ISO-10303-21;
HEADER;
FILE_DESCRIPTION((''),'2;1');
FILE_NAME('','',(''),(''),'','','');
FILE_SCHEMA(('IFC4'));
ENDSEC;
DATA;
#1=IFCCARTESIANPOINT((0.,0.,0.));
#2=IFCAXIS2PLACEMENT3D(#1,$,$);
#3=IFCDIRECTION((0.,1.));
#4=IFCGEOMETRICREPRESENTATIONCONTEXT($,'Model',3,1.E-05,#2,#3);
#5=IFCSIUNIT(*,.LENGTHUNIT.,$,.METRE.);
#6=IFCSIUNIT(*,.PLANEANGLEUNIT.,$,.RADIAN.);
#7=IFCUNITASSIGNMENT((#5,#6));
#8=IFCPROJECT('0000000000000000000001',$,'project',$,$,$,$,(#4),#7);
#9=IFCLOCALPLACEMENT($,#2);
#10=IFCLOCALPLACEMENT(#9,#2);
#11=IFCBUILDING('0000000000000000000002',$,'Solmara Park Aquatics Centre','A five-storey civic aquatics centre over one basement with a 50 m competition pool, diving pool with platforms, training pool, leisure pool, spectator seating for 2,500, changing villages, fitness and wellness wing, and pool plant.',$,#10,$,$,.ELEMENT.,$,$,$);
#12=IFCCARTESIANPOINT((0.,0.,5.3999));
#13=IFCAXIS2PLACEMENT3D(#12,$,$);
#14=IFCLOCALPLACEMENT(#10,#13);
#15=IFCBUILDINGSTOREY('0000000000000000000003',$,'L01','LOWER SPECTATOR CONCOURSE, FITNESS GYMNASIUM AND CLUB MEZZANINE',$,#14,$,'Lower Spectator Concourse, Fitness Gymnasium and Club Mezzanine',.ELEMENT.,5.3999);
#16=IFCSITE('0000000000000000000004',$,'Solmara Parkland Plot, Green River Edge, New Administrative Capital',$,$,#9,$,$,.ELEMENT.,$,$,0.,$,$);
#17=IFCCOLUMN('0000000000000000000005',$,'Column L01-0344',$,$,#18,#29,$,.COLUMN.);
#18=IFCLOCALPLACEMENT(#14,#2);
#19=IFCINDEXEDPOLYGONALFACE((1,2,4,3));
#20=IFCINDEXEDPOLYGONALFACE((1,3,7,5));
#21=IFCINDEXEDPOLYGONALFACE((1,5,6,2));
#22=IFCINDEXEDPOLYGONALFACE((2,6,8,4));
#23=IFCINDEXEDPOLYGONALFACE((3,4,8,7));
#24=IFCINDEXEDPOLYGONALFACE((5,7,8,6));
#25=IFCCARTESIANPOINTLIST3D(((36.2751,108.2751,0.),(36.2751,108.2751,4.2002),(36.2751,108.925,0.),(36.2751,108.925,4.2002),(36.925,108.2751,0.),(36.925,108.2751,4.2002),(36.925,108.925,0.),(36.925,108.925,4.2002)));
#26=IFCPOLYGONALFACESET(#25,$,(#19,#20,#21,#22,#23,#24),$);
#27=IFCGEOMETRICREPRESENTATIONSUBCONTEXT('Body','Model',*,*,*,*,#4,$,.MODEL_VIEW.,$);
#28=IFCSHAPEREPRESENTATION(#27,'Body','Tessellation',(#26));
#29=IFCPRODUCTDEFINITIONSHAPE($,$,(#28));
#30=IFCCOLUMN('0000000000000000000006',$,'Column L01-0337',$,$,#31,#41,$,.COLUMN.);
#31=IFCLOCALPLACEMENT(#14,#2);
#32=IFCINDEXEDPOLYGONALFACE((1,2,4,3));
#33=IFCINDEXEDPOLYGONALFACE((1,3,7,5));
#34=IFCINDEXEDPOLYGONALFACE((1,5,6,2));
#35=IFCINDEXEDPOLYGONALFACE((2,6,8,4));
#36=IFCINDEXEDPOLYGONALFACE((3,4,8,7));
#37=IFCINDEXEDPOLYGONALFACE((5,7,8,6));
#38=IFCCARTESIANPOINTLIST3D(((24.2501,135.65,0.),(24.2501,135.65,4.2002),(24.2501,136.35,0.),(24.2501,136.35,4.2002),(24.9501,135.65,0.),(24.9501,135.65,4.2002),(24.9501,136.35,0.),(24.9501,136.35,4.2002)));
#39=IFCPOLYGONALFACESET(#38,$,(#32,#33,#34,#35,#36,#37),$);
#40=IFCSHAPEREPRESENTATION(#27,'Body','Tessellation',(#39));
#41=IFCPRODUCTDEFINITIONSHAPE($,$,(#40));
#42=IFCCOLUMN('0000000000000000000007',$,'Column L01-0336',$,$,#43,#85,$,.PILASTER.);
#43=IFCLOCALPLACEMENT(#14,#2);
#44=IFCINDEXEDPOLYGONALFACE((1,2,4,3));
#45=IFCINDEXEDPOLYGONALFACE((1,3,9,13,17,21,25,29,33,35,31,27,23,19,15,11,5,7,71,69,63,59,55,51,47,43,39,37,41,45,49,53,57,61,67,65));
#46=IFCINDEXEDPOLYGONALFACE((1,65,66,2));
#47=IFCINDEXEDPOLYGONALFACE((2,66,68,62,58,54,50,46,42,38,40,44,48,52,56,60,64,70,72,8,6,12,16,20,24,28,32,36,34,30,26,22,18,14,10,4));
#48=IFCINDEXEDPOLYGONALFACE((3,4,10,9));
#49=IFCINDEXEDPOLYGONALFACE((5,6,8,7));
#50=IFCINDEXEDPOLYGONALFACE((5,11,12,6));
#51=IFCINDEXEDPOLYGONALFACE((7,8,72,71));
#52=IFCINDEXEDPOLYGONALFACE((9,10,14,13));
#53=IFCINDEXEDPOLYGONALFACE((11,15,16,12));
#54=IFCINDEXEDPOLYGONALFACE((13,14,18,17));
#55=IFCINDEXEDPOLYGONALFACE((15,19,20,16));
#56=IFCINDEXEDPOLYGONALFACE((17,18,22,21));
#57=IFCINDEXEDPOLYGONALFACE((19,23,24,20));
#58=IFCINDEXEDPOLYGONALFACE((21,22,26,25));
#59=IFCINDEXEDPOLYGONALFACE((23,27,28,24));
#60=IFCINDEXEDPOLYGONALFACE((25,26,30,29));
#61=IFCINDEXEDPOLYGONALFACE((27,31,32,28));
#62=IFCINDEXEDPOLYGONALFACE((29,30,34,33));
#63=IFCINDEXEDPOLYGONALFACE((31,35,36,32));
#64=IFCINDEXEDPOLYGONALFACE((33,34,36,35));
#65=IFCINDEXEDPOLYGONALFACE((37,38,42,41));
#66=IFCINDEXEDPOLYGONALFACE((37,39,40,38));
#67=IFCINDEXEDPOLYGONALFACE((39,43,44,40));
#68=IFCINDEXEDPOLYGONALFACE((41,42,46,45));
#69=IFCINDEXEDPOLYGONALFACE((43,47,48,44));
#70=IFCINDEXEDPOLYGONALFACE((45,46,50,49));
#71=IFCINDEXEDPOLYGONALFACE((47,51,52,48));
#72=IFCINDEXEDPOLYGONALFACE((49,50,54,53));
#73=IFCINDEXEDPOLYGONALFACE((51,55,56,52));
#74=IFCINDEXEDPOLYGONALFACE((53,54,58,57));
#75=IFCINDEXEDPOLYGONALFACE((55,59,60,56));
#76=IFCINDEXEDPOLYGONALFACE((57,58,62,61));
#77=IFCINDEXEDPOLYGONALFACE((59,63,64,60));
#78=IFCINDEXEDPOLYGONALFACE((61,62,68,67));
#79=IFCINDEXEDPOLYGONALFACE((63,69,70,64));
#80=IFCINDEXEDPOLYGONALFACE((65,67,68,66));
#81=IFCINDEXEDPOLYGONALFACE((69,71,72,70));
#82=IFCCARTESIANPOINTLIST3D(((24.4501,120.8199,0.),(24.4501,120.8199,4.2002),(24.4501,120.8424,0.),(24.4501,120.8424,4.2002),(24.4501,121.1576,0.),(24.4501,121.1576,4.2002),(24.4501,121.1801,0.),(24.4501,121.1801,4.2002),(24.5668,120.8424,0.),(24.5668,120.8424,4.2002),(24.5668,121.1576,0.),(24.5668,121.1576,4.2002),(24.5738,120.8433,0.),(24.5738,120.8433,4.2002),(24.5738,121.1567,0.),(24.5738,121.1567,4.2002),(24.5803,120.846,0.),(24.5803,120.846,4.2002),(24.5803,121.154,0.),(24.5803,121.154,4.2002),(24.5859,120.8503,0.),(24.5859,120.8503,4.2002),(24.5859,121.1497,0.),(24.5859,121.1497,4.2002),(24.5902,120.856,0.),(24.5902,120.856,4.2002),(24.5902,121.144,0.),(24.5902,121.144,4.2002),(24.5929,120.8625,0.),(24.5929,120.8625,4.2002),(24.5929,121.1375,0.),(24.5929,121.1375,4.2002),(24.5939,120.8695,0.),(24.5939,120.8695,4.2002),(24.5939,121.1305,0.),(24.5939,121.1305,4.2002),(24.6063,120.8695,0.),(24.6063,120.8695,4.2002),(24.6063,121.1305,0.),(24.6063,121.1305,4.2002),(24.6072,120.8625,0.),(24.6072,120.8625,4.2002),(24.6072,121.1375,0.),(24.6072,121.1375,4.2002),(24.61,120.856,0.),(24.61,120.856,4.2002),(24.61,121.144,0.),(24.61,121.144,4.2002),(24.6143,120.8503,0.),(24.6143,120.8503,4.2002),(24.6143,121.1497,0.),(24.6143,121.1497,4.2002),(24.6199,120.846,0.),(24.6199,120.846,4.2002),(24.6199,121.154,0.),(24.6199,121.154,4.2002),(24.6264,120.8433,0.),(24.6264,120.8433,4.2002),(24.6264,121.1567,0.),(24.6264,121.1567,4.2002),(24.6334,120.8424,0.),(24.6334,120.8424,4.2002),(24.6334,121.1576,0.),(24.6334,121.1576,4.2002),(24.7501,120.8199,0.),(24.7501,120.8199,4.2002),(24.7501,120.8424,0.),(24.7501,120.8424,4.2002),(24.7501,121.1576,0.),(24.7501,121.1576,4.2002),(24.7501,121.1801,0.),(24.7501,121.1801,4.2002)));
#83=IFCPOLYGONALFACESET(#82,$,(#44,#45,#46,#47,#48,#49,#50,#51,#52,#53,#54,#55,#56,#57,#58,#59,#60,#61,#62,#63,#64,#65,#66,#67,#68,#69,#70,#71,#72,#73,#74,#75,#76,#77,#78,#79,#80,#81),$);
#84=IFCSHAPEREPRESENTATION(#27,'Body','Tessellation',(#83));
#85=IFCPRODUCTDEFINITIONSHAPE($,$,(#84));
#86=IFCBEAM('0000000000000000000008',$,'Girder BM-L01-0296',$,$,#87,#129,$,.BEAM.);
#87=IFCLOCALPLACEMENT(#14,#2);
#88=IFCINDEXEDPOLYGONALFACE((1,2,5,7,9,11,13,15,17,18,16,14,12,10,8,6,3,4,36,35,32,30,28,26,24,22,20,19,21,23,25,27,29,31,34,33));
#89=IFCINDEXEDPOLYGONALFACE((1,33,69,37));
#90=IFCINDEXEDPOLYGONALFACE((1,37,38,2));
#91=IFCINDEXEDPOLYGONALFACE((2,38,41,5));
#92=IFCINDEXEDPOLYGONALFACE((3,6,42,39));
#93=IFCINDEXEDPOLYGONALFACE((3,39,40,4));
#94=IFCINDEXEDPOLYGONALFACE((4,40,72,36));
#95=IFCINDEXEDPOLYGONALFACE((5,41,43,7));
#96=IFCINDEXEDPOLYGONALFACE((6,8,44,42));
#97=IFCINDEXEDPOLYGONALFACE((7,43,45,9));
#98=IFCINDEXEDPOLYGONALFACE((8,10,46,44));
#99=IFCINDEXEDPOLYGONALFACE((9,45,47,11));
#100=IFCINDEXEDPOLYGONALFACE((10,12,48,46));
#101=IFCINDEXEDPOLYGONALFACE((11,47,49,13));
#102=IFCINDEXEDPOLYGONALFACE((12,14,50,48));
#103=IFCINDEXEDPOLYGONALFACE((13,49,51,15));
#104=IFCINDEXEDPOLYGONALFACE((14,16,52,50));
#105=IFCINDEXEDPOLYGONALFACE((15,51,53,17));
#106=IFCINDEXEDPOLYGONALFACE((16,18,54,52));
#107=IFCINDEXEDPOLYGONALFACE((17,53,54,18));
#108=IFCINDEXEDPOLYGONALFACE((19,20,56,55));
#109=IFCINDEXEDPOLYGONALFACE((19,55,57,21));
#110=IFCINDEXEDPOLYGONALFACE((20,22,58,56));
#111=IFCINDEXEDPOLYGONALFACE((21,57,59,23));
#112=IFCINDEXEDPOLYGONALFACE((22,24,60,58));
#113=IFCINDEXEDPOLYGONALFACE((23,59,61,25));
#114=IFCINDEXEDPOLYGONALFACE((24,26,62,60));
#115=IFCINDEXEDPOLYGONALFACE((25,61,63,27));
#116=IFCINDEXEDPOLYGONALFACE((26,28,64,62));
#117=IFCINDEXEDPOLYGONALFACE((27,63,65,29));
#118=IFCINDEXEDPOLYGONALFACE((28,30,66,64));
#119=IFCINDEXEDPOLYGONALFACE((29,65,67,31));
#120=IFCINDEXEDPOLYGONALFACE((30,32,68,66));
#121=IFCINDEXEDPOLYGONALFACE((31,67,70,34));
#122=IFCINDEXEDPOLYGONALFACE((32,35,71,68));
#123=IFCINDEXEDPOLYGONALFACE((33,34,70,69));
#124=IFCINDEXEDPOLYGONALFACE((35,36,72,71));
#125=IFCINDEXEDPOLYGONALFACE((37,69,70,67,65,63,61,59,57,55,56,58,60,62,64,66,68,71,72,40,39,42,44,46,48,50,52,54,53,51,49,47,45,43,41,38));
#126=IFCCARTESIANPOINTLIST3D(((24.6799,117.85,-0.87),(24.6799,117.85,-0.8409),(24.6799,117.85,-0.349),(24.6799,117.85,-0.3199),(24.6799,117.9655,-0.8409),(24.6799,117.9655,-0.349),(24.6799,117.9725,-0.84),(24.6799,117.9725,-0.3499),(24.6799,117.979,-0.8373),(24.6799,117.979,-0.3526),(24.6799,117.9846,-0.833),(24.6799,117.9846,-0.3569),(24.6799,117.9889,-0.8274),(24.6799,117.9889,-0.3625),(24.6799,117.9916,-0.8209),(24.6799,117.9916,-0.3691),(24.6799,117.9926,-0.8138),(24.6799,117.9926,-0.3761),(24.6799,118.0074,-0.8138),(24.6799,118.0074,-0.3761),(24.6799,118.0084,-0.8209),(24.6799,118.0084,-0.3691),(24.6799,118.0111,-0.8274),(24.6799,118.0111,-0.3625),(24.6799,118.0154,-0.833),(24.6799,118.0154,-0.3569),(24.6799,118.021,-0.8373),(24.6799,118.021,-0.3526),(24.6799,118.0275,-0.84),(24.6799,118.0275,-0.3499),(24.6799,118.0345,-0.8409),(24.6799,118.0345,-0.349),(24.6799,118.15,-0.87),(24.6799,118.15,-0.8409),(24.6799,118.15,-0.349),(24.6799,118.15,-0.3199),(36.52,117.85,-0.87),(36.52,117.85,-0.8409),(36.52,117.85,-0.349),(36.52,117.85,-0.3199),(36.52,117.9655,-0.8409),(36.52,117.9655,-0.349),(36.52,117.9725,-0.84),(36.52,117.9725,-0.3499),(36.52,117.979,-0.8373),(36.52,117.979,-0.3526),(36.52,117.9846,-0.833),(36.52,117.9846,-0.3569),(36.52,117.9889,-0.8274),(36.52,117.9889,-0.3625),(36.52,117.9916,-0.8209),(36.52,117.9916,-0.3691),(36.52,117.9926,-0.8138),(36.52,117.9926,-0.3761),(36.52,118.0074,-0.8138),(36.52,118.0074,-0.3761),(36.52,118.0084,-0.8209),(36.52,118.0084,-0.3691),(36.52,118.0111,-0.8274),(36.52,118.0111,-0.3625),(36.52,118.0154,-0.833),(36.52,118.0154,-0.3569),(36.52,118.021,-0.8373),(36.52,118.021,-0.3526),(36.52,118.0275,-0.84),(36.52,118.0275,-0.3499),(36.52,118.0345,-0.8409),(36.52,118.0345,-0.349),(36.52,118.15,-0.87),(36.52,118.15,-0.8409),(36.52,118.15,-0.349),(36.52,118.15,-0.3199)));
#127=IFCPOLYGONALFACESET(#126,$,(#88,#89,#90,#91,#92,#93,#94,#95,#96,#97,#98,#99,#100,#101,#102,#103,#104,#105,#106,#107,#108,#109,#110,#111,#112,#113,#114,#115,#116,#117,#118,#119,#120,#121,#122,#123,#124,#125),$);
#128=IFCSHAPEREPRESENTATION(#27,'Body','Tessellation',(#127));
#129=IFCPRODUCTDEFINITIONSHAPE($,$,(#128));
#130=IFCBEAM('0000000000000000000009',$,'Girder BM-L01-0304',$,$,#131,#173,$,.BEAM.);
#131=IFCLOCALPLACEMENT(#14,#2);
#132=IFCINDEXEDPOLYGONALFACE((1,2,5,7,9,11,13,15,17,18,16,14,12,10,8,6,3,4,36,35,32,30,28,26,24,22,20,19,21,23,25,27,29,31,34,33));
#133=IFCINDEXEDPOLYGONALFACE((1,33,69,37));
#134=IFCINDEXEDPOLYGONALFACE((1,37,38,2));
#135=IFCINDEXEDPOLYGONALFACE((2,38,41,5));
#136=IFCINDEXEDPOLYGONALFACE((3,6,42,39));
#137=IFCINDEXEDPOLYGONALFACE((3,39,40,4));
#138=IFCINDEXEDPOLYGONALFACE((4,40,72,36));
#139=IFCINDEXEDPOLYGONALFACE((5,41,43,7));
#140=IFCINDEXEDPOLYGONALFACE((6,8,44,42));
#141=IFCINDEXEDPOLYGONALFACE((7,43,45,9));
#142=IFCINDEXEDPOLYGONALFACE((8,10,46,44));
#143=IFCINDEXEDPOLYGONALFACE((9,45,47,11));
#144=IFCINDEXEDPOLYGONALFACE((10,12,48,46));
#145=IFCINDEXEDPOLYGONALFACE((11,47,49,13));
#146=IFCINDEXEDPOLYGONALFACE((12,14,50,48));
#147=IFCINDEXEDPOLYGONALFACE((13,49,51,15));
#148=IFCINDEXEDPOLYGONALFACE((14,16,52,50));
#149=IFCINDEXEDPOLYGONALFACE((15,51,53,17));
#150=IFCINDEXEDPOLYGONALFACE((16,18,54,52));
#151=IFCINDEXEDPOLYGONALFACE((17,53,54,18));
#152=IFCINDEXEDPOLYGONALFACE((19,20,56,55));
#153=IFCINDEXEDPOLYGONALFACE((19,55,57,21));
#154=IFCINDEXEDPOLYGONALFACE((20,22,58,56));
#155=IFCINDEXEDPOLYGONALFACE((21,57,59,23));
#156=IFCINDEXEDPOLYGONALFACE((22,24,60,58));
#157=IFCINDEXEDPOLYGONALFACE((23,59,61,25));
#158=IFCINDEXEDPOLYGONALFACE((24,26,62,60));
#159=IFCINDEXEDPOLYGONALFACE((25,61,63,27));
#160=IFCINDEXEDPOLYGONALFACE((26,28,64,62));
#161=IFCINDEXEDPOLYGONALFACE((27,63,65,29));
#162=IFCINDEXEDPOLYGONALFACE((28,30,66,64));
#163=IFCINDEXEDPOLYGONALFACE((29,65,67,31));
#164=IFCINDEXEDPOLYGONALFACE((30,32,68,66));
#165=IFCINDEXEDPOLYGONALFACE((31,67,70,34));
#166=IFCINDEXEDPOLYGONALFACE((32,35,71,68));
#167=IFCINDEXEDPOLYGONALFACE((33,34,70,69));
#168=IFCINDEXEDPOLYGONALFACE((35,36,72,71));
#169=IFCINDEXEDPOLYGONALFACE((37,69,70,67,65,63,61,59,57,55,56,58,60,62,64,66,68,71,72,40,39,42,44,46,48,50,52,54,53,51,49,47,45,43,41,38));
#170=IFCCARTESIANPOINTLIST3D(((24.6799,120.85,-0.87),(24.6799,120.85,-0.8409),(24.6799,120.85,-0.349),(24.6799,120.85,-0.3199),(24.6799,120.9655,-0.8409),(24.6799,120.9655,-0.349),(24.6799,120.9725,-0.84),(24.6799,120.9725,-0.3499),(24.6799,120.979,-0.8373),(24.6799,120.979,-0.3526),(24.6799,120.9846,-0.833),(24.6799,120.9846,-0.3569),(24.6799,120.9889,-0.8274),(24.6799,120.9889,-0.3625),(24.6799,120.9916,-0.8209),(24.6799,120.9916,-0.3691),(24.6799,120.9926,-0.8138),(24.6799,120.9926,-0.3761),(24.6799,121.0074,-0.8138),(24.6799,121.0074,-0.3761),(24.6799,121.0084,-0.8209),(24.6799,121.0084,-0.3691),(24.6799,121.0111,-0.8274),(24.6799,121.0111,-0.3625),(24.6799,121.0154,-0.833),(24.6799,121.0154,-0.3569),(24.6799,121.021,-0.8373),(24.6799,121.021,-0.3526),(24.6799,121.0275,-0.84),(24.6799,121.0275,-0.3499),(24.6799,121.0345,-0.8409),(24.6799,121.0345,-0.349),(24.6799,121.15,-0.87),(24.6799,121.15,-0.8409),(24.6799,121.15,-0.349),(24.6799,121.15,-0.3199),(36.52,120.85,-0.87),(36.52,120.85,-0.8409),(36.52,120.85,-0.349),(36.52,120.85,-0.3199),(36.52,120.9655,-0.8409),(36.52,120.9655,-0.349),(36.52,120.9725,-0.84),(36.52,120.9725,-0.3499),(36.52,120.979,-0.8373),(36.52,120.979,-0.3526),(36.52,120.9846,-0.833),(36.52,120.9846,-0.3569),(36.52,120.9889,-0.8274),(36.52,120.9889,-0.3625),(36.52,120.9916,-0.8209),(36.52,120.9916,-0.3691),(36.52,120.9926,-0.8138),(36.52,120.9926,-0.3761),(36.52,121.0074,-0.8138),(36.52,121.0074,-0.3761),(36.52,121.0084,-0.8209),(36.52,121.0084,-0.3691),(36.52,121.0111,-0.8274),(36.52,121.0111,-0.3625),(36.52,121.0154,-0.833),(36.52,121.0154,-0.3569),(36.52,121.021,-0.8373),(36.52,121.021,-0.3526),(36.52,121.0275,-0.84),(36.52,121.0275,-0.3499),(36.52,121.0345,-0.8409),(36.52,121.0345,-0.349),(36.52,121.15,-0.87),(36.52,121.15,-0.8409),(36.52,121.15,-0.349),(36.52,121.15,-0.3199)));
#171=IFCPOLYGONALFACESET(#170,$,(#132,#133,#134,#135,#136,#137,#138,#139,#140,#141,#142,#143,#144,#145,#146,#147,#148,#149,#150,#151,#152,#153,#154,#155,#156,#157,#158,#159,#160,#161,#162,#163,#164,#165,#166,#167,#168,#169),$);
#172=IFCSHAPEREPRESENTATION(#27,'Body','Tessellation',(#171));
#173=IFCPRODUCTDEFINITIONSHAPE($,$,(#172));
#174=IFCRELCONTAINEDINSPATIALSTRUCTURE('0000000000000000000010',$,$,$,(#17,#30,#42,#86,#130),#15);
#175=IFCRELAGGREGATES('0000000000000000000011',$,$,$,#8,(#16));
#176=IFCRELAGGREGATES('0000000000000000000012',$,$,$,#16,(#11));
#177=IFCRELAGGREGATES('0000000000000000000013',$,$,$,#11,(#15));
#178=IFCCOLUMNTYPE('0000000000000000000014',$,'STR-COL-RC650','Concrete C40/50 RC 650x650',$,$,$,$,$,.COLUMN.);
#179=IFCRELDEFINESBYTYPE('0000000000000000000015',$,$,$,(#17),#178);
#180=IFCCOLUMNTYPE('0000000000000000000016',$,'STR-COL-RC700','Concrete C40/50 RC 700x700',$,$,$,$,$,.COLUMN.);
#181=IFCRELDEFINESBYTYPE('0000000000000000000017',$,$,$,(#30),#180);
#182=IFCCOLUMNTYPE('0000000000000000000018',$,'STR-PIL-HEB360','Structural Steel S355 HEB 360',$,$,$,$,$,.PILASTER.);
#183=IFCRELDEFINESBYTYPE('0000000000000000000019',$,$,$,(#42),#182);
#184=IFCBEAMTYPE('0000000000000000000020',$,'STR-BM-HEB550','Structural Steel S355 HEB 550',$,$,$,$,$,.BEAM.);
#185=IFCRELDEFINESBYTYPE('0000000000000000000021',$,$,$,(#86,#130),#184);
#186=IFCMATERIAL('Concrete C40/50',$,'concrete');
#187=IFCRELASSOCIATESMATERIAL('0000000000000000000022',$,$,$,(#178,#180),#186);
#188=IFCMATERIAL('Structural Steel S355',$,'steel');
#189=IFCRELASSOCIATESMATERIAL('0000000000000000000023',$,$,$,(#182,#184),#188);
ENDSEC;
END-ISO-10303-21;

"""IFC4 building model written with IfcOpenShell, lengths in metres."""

from ifc_helpers import new_model, si_unit, direction, frame, origin, origin_2d, place, context, subcontext, project, spatial, rectangle, i_section, extrude, material, material_profile, profile_set, type_object, element, save


model = new_model("IFC4")

# Units and contexts
model_context = context("Model", 3, precision=1e-05, world=origin(), true_north=direction((0.0, 1.0)))
body_context = subcontext(model_context, "Body", "Model", "MODEL_VIEW")
ifc_project = project(units=[si_unit("LENGTHUNIT", "METRE"), si_unit("PLANEANGLEUNIT", "RADIAN")], contexts=[model_context])

# Site, building, storey
site_placement = place(None, origin())
site = spatial("IfcSite", under=ifc_project, at=site_placement, Name="Solmara Parkland Plot, Green River Edge, New Administrative Capital", CompositionType="ELEMENT", RefElevation=0.0)
building_placement = place(site_placement, origin())
building = spatial("IfcBuilding", under=site, at=building_placement, Name="Solmara Park Aquatics Centre", Description="A five-storey civic aquatics centre over one basement with a 50 m competition pool, diving pool with platforms, training pool, leisure pool, spectator seating for 2,500, changing villages, fitness and wellness wing, and pool plant.", CompositionType="ELEMENT")
storey_placement = place(building_placement, frame((0.0, 0.0, 5.3999)))
storey = spatial("IfcBuildingStorey", under=building, at=storey_placement, Name="L01", Description="LOWER SPECTATOR CONCOURSE, FITNESS GYMNASIUM AND CLUB MEZZANINE", LongName="Lower Spectator Concourse, Fitness Gymnasium and Club Mezzanine", CompositionType="ELEMENT", Elevation=5.3999)

# Columns
ifc_material_1 = material(Name="Concrete C40/50", Category="concrete")
ifc_material_profile_1 = material_profile(ifc_material_1, rectangle(XDim=0.6499, YDim=0.6499, at=origin_2d()), Name="RC 650x650")
ifc_profile_set_1 = profile_set([ifc_material_profile_1], Name="Concrete C40/50")
column_type_1 = type_object("IfcColumnType", Name="STR-COL-RC650", Description="Concrete C40/50 RC 650x650", PredefinedType="COLUMN", material=ifc_profile_set_1)
column_1_placement = place(storey_placement, frame((36.6001, 108.6001, 0.0), z_axis=(0.0, 0.0, 1.0), x_axis=(1.0, 0.0, 0.0)))
element("IfcColumn", 1, at=column_1_placement, inside=storey, type_object=column_type_1, Name="Column L01-0344", PredefinedType="COLUMN", context=body_context, shape_type="SweptSolid", body=[
    extrude(rectangle(XDim=0.6499, YDim=0.6499, at=origin_2d()), origin(), (0.0, 0.0, 1.0), 4.2002),
])
ifc_material_profile_2 = material_profile(ifc_material_1, rectangle(XDim=0.7, YDim=0.7, at=origin_2d()), Name="RC 700x700")
ifc_profile_set_2 = profile_set([ifc_material_profile_2], Name="Concrete C40/50")
column_type_2 = type_object("IfcColumnType", Name="STR-COL-RC700", Description="Concrete C40/50 RC 700x700", PredefinedType="COLUMN", material=ifc_profile_set_2)
column_2_placement = place(storey_placement, frame((24.6001, 136.0, 0.0), z_axis=(0.0, 0.0, 1.0), x_axis=(1.0, 0.0, 0.0)))
element("IfcColumn", 2, at=column_2_placement, inside=storey, type_object=column_type_2, Name="Column L01-0337", PredefinedType="COLUMN", context=body_context, shape_type="SweptSolid", body=[
    extrude(rectangle(XDim=0.7, YDim=0.7, at=origin_2d()), origin(), (0.0, 0.0, 1.0), 4.2002),
])
ifc_material_2 = material(Name="Structural Steel S355", Category="steel")
ifc_material_profile_3 = material_profile(ifc_material_2, i_section(OverallWidth=0.3, OverallDepth=0.3601, WebThickness=0.0125, FlangeThickness=0.0225, FilletRadius=0.0271, at=origin_2d()), Name="HEB 360")
ifc_profile_set_3 = profile_set([ifc_material_profile_3], Name="Structural Steel S355")
column_type_3 = type_object("IfcColumnType", Name="STR-PIL-HEB360", Description="Structural Steel S355 HEB 360", PredefinedType="PILASTER", material=ifc_profile_set_3)
column_3_placement = place(storey_placement, frame((24.6001, 121.0, 0.0), z_axis=(0.0, 0.0, 1.0), x_axis=(1.0, 0.0, 0.0)))
element("IfcColumn", 3, at=column_3_placement, inside=storey, type_object=column_type_3, Name="Column L01-0336", PredefinedType="PILASTER", context=body_context, shape_type="SweptSolid", body=[
    extrude(i_section(OverallWidth=0.3, OverallDepth=0.3601, WebThickness=0.0125, FlangeThickness=0.0225, FilletRadius=0.0271, at=origin_2d()), origin(), (0.0, 0.0, 1.0), 4.2002),
])

# Beams
ifc_material_profile_4 = material_profile(ifc_material_2, i_section(OverallWidth=0.3, OverallDepth=0.55, WebThickness=0.0149, FlangeThickness=0.0291, FilletRadius=0.0271, at=origin_2d()), Name="HEB 550")
ifc_profile_set_4 = profile_set([ifc_material_profile_4], Name="Structural Steel S355")
beam_type_1 = type_object("IfcBeamType", Name="STR-BM-HEB550", Description="Structural Steel S355 HEB 550", PredefinedType="BEAM", material=ifc_profile_set_4)
for number, where, z_axis, x_axis, name in (
    (4, (24.6799, 118.0, -0.595), (1.0, 0.0, 0.0), (0.0, 1.0, 0.0), "Girder BM-L01-0296"),
    (5, (24.6799, 121.0, -0.595), (1.0, 0.0, 0.0), (0.0, 1.0, 0.0), "Girder BM-L01-0304"),
):
    element("IfcBeam", number, at=place(storey_placement, frame(where, z_axis=z_axis, x_axis=x_axis)), inside=storey, type_object=beam_type_1, Name=name, PredefinedType="BEAM", context=body_context, shape_type="SweptSolid", body=[
        extrude(i_section(OverallWidth=0.3, OverallDepth=0.55, WebThickness=0.0149, FlangeThickness=0.0291, FilletRadius=0.0271, at=origin_2d()), origin(), (0.0, 0.0, 1.0), 11.8401),
    ])

save(model, "model.ifc")
